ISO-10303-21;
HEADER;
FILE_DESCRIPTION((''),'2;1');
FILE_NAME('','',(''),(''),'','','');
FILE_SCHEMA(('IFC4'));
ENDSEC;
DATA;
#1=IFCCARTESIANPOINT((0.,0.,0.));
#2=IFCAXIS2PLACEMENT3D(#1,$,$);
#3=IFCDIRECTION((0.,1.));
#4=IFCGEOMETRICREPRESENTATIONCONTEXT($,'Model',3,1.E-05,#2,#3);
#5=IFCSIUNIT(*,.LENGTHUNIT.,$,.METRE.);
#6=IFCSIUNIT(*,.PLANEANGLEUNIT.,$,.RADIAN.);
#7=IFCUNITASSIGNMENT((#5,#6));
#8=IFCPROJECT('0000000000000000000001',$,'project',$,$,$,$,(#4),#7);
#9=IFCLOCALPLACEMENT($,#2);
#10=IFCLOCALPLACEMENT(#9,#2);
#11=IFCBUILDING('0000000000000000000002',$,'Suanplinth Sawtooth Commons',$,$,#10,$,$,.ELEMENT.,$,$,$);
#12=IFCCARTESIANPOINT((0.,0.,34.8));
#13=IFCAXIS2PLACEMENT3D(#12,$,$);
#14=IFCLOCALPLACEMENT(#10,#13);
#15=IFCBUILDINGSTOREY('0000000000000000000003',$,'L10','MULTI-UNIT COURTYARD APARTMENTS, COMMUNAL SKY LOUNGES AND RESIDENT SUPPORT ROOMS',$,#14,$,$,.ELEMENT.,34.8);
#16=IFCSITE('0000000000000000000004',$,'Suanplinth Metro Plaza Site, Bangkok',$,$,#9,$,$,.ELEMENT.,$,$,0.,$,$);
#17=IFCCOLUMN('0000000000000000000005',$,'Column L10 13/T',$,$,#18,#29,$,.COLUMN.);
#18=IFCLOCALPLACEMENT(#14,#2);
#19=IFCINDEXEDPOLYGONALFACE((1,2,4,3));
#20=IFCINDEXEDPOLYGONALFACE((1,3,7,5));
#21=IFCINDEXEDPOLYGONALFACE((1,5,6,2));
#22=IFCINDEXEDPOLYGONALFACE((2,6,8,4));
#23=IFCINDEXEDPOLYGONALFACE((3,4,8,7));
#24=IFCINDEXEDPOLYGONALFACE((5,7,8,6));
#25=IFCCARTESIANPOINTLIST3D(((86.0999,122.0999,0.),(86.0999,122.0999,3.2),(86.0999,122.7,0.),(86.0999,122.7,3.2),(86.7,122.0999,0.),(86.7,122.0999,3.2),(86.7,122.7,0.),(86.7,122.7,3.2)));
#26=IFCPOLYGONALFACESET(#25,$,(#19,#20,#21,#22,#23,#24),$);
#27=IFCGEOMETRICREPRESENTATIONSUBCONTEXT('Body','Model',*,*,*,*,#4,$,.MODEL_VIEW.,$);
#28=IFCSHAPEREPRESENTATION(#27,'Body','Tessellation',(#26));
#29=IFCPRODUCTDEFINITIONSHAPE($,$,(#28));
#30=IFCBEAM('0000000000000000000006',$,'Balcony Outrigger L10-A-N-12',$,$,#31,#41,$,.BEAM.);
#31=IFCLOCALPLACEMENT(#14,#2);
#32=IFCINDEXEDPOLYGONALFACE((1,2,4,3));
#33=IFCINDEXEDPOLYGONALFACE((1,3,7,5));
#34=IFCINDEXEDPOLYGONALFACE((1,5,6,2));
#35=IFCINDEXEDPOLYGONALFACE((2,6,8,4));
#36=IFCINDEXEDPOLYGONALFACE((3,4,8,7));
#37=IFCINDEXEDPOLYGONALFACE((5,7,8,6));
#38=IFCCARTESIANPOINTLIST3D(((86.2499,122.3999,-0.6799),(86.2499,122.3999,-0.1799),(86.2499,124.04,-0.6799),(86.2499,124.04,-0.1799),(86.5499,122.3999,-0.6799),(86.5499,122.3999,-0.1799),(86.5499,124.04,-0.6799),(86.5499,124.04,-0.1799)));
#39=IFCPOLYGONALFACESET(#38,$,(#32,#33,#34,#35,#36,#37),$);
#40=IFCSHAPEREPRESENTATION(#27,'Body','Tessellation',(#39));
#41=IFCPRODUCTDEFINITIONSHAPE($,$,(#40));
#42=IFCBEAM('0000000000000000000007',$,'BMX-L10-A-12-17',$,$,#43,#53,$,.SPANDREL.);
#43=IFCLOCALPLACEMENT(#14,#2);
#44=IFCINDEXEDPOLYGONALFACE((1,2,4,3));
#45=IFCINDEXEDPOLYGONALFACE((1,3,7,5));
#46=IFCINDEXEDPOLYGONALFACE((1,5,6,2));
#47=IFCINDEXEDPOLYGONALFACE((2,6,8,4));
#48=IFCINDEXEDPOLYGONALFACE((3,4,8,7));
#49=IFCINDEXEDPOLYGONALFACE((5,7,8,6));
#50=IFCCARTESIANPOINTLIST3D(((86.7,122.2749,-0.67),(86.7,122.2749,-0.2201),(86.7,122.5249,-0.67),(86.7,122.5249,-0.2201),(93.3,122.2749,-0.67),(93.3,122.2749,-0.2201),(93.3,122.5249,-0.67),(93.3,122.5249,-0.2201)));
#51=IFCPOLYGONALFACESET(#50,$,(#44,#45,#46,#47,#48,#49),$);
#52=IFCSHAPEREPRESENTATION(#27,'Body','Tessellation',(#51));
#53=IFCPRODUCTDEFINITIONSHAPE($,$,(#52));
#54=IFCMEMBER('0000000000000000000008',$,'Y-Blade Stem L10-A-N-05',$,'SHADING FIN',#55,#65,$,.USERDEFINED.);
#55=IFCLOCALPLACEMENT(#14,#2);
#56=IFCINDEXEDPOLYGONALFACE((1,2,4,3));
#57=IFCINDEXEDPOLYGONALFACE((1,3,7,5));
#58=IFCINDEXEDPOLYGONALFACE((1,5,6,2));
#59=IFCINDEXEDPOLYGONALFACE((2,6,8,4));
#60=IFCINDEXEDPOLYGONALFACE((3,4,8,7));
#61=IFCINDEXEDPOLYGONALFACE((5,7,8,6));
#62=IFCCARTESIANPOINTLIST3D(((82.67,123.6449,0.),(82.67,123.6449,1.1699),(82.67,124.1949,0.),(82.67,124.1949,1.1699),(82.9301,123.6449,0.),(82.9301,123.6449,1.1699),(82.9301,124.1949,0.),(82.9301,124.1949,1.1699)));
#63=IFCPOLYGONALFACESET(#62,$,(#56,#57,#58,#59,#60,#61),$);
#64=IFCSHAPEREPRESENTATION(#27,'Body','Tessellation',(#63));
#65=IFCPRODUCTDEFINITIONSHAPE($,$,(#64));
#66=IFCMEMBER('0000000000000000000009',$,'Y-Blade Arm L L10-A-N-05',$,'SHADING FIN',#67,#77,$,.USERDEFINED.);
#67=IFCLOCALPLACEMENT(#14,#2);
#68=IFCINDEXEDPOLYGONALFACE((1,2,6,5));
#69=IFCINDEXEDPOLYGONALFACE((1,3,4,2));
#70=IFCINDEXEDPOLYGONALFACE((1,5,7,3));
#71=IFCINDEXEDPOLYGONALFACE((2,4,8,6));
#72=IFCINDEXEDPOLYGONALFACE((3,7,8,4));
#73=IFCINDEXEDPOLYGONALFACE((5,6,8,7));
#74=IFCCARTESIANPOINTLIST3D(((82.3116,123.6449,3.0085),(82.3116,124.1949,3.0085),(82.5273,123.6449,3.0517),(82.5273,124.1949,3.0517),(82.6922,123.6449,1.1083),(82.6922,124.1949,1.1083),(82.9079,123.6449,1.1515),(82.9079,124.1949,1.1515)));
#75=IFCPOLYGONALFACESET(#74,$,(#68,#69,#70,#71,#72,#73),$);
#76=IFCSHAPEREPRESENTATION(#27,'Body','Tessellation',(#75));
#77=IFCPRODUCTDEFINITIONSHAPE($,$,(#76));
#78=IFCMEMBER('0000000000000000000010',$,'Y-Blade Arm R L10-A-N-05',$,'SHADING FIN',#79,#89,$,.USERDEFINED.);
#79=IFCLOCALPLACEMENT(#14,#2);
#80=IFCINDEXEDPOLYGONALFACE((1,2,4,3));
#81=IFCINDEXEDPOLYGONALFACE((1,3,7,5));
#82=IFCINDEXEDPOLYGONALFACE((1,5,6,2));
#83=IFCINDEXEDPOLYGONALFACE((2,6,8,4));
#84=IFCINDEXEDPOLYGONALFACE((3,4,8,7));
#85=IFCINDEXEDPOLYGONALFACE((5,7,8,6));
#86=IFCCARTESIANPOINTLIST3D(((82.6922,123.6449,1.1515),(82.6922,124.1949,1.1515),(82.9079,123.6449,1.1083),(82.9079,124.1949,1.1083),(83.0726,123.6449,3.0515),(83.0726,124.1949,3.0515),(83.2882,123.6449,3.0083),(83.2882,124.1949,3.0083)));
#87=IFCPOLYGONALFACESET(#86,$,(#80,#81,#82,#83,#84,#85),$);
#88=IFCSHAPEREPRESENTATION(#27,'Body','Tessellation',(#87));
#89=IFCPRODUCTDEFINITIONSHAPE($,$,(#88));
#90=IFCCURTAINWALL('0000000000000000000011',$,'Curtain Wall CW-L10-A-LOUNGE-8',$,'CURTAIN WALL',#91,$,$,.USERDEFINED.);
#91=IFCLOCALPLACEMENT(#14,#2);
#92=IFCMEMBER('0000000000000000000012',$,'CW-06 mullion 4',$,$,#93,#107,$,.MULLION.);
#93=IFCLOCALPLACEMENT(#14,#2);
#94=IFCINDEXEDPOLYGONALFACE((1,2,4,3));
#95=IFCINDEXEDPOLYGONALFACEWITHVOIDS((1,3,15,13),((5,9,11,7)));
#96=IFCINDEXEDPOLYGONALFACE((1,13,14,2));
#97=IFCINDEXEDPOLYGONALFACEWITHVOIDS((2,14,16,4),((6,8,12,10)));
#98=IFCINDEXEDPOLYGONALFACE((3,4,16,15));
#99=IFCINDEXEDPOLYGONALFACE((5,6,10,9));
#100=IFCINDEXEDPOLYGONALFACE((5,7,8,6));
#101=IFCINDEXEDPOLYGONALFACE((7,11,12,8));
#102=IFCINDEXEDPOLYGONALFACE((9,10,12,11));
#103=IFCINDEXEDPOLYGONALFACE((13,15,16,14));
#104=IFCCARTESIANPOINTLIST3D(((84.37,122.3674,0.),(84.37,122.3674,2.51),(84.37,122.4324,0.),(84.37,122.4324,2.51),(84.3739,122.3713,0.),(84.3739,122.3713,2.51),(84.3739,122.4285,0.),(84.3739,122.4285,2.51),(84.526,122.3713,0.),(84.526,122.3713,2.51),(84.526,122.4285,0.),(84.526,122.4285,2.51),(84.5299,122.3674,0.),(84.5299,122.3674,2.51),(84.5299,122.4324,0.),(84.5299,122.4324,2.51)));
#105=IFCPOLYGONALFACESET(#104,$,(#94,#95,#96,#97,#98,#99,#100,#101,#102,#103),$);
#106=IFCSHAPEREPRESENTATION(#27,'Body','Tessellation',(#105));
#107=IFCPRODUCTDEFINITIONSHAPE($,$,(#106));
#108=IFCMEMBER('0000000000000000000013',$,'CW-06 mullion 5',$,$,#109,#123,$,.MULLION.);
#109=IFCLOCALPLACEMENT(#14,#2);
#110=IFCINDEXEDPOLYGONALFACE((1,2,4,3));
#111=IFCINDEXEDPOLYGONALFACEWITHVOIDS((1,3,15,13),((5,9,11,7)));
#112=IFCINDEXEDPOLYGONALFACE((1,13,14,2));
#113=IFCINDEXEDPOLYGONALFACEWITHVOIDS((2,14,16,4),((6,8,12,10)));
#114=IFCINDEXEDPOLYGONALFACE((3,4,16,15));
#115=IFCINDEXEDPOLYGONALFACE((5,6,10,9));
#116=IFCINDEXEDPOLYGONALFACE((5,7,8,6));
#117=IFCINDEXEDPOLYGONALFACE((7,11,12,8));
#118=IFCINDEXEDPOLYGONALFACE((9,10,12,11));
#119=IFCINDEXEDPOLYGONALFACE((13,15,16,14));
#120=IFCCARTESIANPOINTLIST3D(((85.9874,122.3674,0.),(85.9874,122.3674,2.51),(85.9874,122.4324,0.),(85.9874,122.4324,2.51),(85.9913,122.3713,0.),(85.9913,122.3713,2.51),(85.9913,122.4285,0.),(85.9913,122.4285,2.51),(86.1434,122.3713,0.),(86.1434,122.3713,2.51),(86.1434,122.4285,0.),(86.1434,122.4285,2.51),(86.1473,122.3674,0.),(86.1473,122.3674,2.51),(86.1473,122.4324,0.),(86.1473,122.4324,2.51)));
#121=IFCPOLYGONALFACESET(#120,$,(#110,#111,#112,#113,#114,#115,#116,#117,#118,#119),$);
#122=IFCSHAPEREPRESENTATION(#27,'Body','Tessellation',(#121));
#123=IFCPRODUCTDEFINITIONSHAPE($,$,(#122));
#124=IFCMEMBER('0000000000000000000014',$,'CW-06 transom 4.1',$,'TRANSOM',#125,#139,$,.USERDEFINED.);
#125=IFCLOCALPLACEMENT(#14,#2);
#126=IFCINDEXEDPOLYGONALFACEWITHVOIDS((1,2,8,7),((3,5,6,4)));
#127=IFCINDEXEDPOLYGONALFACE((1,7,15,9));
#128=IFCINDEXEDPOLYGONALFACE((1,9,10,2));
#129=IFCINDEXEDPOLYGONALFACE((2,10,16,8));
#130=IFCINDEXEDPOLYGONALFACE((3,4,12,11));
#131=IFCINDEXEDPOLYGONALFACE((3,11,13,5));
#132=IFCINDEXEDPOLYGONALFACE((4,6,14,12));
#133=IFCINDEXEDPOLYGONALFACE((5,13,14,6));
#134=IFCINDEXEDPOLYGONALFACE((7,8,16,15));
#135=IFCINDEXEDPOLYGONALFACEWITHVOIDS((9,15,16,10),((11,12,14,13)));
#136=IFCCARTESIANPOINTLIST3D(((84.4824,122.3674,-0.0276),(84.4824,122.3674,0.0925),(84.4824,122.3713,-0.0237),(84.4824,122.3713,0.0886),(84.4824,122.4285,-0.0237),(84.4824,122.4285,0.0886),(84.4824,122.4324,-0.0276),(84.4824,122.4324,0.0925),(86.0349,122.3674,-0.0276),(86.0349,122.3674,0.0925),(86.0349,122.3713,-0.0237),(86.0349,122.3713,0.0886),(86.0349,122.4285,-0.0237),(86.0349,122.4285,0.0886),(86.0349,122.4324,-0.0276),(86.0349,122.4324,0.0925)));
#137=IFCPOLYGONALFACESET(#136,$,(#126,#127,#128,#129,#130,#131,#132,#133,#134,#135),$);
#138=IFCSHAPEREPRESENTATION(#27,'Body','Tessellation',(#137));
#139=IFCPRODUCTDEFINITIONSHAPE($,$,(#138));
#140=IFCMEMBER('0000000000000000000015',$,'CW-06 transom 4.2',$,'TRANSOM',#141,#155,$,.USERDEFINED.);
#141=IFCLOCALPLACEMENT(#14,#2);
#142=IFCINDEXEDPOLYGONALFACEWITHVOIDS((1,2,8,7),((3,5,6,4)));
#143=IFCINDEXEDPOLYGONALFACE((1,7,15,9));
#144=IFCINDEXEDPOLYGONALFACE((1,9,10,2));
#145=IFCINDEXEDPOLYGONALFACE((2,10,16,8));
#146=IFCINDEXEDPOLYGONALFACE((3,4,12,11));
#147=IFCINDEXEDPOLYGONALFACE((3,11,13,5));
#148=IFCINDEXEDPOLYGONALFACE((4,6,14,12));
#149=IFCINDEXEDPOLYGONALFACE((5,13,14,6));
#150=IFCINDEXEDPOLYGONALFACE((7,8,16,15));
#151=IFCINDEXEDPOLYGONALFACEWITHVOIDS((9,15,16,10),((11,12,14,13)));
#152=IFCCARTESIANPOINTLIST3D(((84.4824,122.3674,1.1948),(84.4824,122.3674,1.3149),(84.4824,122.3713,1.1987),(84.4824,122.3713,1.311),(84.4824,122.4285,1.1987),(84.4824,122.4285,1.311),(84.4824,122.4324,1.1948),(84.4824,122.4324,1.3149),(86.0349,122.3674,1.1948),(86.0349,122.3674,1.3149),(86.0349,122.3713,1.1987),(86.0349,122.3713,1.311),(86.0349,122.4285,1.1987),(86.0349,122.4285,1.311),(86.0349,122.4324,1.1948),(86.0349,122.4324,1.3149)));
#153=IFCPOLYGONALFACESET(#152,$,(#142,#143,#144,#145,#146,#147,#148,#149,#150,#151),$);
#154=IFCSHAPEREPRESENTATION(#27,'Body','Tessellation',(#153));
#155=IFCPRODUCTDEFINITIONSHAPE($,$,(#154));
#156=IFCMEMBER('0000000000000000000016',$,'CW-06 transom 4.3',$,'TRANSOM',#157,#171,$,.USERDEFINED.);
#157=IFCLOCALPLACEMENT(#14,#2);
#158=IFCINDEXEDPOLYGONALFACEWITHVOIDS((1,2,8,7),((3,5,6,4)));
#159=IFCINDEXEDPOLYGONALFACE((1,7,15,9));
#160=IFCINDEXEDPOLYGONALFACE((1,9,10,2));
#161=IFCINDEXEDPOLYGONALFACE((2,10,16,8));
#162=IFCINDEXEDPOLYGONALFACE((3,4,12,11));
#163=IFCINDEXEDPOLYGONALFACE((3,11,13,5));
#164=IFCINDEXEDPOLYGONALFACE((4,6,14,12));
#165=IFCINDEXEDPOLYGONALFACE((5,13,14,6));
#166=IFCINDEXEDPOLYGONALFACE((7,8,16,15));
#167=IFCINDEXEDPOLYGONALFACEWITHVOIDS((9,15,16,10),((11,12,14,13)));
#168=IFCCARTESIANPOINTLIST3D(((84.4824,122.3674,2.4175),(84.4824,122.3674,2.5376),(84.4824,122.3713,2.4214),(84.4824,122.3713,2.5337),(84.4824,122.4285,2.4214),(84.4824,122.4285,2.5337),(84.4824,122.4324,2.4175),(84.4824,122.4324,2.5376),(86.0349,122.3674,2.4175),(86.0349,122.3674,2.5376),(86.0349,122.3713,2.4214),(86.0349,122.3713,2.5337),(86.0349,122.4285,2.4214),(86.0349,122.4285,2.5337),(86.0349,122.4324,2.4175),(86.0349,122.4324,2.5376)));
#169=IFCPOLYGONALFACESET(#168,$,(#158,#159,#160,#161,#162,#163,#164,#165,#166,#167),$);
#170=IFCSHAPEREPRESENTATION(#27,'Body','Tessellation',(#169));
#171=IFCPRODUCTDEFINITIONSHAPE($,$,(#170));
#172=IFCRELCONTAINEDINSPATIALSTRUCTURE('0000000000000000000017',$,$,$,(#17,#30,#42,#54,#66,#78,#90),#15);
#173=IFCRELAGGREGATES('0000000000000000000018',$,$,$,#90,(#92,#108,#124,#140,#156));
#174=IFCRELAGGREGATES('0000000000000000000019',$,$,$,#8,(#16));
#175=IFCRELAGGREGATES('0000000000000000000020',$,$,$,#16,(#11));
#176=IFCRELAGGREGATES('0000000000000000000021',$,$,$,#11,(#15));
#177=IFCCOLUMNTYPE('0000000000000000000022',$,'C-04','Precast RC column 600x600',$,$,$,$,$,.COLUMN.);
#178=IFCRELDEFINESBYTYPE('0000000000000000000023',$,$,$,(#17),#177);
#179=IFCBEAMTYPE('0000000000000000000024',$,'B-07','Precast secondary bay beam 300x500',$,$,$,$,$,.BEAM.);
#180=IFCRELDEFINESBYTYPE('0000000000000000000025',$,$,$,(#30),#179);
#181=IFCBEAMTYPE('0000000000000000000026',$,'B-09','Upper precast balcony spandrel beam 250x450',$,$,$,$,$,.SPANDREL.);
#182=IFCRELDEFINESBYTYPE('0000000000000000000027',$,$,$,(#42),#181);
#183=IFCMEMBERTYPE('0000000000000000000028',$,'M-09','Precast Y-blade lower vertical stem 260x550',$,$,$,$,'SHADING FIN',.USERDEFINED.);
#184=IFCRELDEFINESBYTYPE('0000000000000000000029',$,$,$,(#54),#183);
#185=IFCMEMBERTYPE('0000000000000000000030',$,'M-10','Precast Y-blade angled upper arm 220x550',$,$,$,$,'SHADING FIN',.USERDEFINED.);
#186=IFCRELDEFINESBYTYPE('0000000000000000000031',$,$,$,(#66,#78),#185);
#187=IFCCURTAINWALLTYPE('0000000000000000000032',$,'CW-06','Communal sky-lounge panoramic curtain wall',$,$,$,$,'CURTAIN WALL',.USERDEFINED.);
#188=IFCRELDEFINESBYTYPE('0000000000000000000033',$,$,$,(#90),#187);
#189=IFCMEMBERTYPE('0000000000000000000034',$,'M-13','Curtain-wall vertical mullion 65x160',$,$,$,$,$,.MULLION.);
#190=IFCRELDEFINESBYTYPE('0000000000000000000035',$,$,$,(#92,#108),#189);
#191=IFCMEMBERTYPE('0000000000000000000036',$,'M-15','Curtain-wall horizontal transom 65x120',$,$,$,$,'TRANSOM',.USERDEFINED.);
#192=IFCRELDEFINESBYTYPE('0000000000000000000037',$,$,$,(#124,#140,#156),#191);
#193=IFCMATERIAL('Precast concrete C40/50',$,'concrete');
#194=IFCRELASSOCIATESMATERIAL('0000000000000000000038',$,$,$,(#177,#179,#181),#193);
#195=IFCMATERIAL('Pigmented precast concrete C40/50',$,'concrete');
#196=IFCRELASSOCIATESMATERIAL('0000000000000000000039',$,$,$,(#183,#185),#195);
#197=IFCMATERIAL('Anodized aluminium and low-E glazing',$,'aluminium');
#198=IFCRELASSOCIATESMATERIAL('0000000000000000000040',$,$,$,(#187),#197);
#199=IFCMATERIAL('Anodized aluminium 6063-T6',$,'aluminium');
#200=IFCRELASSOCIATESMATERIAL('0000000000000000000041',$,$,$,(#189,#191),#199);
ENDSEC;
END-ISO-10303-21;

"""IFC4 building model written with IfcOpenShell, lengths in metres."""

from ifc_helpers import new_model, si_unit, direction, frame, origin, origin_2d, place, context, subcontext, project, spatial, rectangle, hollow_rectangle, extrude, material, material_profile, profile_set, type_object, element, aggregate, save


model = new_model("IFC4")

# Units and contexts
model_context = context("Model", 3, precision=1e-05, world=origin(), true_north=direction((0.0, 1.0)))
body_context = subcontext(model_context, "Body", "Model", "MODEL_VIEW")
ifc_project = project(units=[si_unit("LENGTHUNIT", "METRE"), si_unit("PLANEANGLEUNIT", "RADIAN")], contexts=[model_context])

# Site, building, storey
site_placement = place(None, origin())
site = spatial("IfcSite", under=ifc_project, at=site_placement, Name="Suanplinth Metro Plaza Site, Bangkok", CompositionType="ELEMENT", RefElevation=0.0)
building_placement = place(site_placement, origin())
building = spatial("IfcBuilding", under=site, at=building_placement, Name="Suanplinth Sawtooth Commons", CompositionType="ELEMENT")
storey_placement = place(building_placement, frame((0.0, 0.0, 34.8)))
storey = spatial("IfcBuildingStorey", under=building, at=storey_placement, Name="L10", Description="MULTI-UNIT COURTYARD APARTMENTS, COMMUNAL SKY LOUNGES AND RESIDENT SUPPORT ROOMS", CompositionType="ELEMENT", Elevation=34.8)

# Column
ifc_material_1 = material(Name="Precast concrete C40/50", Category="concrete")
ifc_material_profile_1 = material_profile(ifc_material_1, rectangle(XDim=0.6001, YDim=0.6001, at=origin_2d()), Name="PC-COL 600x600")
ifc_profile_set_1 = profile_set([ifc_material_profile_1], Name="Precast concrete C40/50")
column_type = type_object("IfcColumnType", Name="C-04", Description="Precast RC column 600x600", PredefinedType="COLUMN", material=ifc_profile_set_1)
column_placement = place(storey_placement, frame((86.3999, 122.3999, 0.0), z_axis=(0.0, 0.0, 1.0), x_axis=(1.0, 0.0, 0.0)))
element("IfcColumn", 1, at=column_placement, inside=storey, type_object=column_type, Name="Column L10 13/T", PredefinedType="COLUMN", context=body_context, shape_type="SweptSolid", body=[
    extrude(rectangle(XDim=0.6001, YDim=0.6001, at=origin_2d()), origin(), (0.0, 0.0, 1.0), 3.2),
])

# Beams
ifc_material_profile_2 = material_profile(ifc_material_1, rectangle(XDim=0.3, YDim=0.5, at=origin_2d()), Name="PC-BM 300x500")
ifc_profile_set_2 = profile_set([ifc_material_profile_2], Name="Precast concrete C40/50")
beam_type_1 = type_object("IfcBeamType", Name="B-07", Description="Precast secondary bay beam 300x500", PredefinedType="BEAM", material=ifc_profile_set_2)
beam_1_placement = place(storey_placement, frame((86.3999, 122.3999, -0.4299), z_axis=(0.0, 1.0, 0.0), x_axis=(-1.0, 0.0, 0.0)))
element("IfcBeam", 2, at=beam_1_placement, inside=storey, type_object=beam_type_1, Name="Balcony Outrigger L10-A-N-12", PredefinedType="BEAM", context=body_context, shape_type="SweptSolid", body=[
    extrude(rectangle(XDim=0.3, YDim=0.5, at=origin_2d()), origin(), (0.0, 0.0, 1.0), 1.6401),
])
ifc_material_profile_3 = material_profile(ifc_material_1, rectangle(XDim=0.25, YDim=0.45, at=origin_2d()), Name="PC-SP 250x450")
ifc_profile_set_3 = profile_set([ifc_material_profile_3], Name="Precast concrete C40/50")
beam_type_2 = type_object("IfcBeamType", Name="B-09", Description="Upper precast balcony spandrel beam 250x450", PredefinedType="SPANDREL", material=ifc_profile_set_3)
beam_2_placement = place(storey_placement, frame((86.7, 122.3999, -0.4451), z_axis=(1.0, 0.0, 0.0), x_axis=(0.0, 1.0, 0.0)))
element("IfcBeam", 3, at=beam_2_placement, inside=storey, type_object=beam_type_2, Name="BMX-L10-A-12-17", PredefinedType="SPANDREL", context=body_context, shape_type="SweptSolid", body=[
    extrude(rectangle(XDim=0.25, YDim=0.45, at=origin_2d()), origin(), (0.0, 0.0, 1.0), 6.6001),
])

# Members
ifc_material_2 = material(Name="Pigmented precast concrete C40/50", Category="concrete")
ifc_material_profile_4 = material_profile(ifc_material_2, rectangle(XDim=0.26, YDim=0.55, at=origin_2d()), Name="PC-FIN 260x550")
ifc_profile_set_4 = profile_set([ifc_material_profile_4], Name="Pigmented precast concrete C40/50")
member_type_1 = type_object("IfcMemberType", Name="M-09", Description="Precast Y-blade lower vertical stem 260x550", ElementType="SHADING FIN", PredefinedType="USERDEFINED", material=ifc_profile_set_4)
member_1_placement = place(storey_placement, frame((82.8, 123.9199, 0.0), z_axis=(0.0, 0.0, 1.0), x_axis=(1.0, 0.0, 0.0)))
element("IfcMember", 4, at=member_1_placement, inside=storey, type_object=member_type_1, Name="Y-Blade Stem L10-A-N-05", ObjectType="SHADING FIN", PredefinedType="USERDEFINED", context=body_context, shape_type="SweptSolid", body=[
    extrude(rectangle(XDim=0.26, YDim=0.55, at=origin_2d()), origin(), (0.0, 0.0, 1.0), 1.1699),
])
ifc_material_profile_5 = material_profile(ifc_material_2, rectangle(XDim=0.22, YDim=0.55, at=origin_2d()), Name="PC-FIN 220x550")
ifc_profile_set_5 = profile_set([ifc_material_profile_5], Name="Pigmented precast concrete C40/50")
member_type_2 = type_object("IfcMemberType", Name="M-10", Description="Precast Y-blade angled upper arm 220x550", ElementType="SHADING FIN", PredefinedType="USERDEFINED", material=ifc_profile_set_5)
member_2_placement = place(storey_placement, frame((82.8, 123.9199, 1.1299), z_axis=(-0.196407, 0.0, 0.980522), x_axis=(0.980522, 0.0, 0.196407)))
element("IfcMember", 5, at=member_2_placement, inside=storey, type_object=member_type_2, Name="Y-Blade Arm L L10-A-N-05", ObjectType="SHADING FIN", PredefinedType="USERDEFINED", context=body_context, shape_type="SweptSolid", body=[
    extrude(rectangle(XDim=0.22, YDim=0.55, at=origin_2d()), origin(), (0.0, 0.0, 1.0), 1.938),
])
member_3_placement = place(storey_placement, frame((82.8, 123.9199, 1.1299), z_axis=(0.196286, 0.0, 0.980547), x_axis=(-0.980547, 0.0, 0.196286)))
element("IfcMember", 6, at=member_3_placement, inside=storey, type_object=member_type_2, Name="Y-Blade Arm R L10-A-N-05", ObjectType="SHADING FIN", PredefinedType="USERDEFINED", context=body_context, shape_type="SweptSolid", body=[
    extrude(rectangle(XDim=0.22, YDim=0.55, at=origin_2d()), origin(), (0.0, 0.0, 1.0), 1.9377),
])

# Curtain wall, members
ifc_material_3 = material(Name="Anodized aluminium and low-E glazing", Category="aluminium")
curtain_wall_type = type_object("IfcCurtainWallType", Name="CW-06", Description="Communal sky-lounge panoramic curtain wall", ElementType="CURTAIN WALL", PredefinedType="USERDEFINED", material=ifc_material_3)
curtain_wall_placement = place(storey_placement, origin())
curtain_wall = element("IfcCurtainWall", 7, at=curtain_wall_placement, inside=storey, type_object=curtain_wall_type, Name="Curtain Wall CW-L10-A-LOUNGE-8", ObjectType="CURTAIN WALL", PredefinedType="USERDEFINED")
ifc_material_4 = material(Name="Anodized aluminium 6063-T6", Category="aluminium")
ifc_material_profile_6 = material_profile(ifc_material_4, hollow_rectangle(XDim=0.0649, YDim=0.1599, WallThickness=0.0039, at=origin_2d()), Name="ALU-MUL 65x160")
ifc_profile_set_6 = profile_set([ifc_material_profile_6], Name="Anodized aluminium 6063-T6")
member_type_3 = type_object("IfcMemberType", Name="M-13", Description="Curtain-wall vertical mullion 65x160", PredefinedType="MULLION", material=ifc_profile_set_6)
member_4_placement = place(storey_placement, frame((84.45, 122.3999, 0.0), z_axis=(0.0, 0.0, 1.0), x_axis=(0.0, 1.0, 0.0)))
member_4 = element("IfcMember", 8, at=member_4_placement, type_object=member_type_3, Name="CW-06 mullion 4", PredefinedType="MULLION", context=body_context, shape_type="SweptSolid", body=[
    extrude(hollow_rectangle(XDim=0.0649, YDim=0.1599, WallThickness=0.0039, at=origin_2d()), origin(), (0.0, 0.0, 1.0), 2.51),
])
member_5_placement = place(storey_placement, frame((86.0674, 122.3999, 0.0), z_axis=(0.0, 0.0, 1.0), x_axis=(0.0, 1.0, 0.0)))
member_5 = element("IfcMember", 9, at=member_5_placement, type_object=member_type_3, Name="CW-06 mullion 5", PredefinedType="MULLION", context=body_context, shape_type="SweptSolid", body=[
    extrude(hollow_rectangle(XDim=0.0649, YDim=0.1599, WallThickness=0.0039, at=origin_2d()), origin(), (0.0, 0.0, 1.0), 2.51),
])
ifc_material_profile_7 = material_profile(ifc_material_4, hollow_rectangle(XDim=0.0649, YDim=0.1201, WallThickness=0.0039, at=origin_2d()), Name="ALU-TRN 65x120")
ifc_profile_set_7 = profile_set([ifc_material_profile_7], Name="Anodized aluminium 6063-T6")
member_type_4 = type_object("IfcMemberType", Name="M-15", Description="Curtain-wall horizontal transom 65x120", ElementType="TRANSOM", PredefinedType="USERDEFINED", material=ifc_profile_set_7)
member_6_placement = place(storey_placement, frame((84.4824, 122.3999, 0.0325), z_axis=(1.0, 0.0, 0.0), x_axis=(0.0, 1.0, 0.0)))
member_6 = element("IfcMember", 10, at=member_6_placement, type_object=member_type_4, Name="CW-06 transom 4.1", ObjectType="TRANSOM", PredefinedType="USERDEFINED", context=body_context, shape_type="SweptSolid", body=[
    extrude(hollow_rectangle(XDim=0.0649, YDim=0.1201, WallThickness=0.0039, at=origin_2d()), origin(), (0.0, 0.0, 1.0), 1.5525),
])
member_7_placement = place(storey_placement, frame((84.4824, 122.3999, 1.2549), z_axis=(1.0, 0.0, 0.0), x_axis=(0.0, 1.0, 0.0)))
member_7 = element("IfcMember", 11, at=member_7_placement, type_object=member_type_4, Name="CW-06 transom 4.2", ObjectType="TRANSOM", PredefinedType="USERDEFINED", context=body_context, shape_type="SweptSolid", body=[
    extrude(hollow_rectangle(XDim=0.0649, YDim=0.1201, WallThickness=0.0039, at=origin_2d()), origin(), (0.0, 0.0, 1.0), 1.5525),
])
member_8_placement = place(storey_placement, frame((84.4824, 122.3999, 2.4775), z_axis=(1.0, 0.0, 0.0), x_axis=(0.0, 1.0, 0.0)))
member_8 = element("IfcMember", 12, at=member_8_placement, type_object=member_type_4, Name="CW-06 transom 4.3", ObjectType="TRANSOM", PredefinedType="USERDEFINED", context=body_context, shape_type="SweptSolid", body=[
    extrude(hollow_rectangle(XDim=0.0649, YDim=0.1201, WallThickness=0.0039, at=origin_2d()), origin(), (0.0, 0.0, 1.0), 1.5525),
])

aggregate(curtain_wall, [member_4, member_5, member_6, member_7, member_8])

save(model, "model.ifc")
